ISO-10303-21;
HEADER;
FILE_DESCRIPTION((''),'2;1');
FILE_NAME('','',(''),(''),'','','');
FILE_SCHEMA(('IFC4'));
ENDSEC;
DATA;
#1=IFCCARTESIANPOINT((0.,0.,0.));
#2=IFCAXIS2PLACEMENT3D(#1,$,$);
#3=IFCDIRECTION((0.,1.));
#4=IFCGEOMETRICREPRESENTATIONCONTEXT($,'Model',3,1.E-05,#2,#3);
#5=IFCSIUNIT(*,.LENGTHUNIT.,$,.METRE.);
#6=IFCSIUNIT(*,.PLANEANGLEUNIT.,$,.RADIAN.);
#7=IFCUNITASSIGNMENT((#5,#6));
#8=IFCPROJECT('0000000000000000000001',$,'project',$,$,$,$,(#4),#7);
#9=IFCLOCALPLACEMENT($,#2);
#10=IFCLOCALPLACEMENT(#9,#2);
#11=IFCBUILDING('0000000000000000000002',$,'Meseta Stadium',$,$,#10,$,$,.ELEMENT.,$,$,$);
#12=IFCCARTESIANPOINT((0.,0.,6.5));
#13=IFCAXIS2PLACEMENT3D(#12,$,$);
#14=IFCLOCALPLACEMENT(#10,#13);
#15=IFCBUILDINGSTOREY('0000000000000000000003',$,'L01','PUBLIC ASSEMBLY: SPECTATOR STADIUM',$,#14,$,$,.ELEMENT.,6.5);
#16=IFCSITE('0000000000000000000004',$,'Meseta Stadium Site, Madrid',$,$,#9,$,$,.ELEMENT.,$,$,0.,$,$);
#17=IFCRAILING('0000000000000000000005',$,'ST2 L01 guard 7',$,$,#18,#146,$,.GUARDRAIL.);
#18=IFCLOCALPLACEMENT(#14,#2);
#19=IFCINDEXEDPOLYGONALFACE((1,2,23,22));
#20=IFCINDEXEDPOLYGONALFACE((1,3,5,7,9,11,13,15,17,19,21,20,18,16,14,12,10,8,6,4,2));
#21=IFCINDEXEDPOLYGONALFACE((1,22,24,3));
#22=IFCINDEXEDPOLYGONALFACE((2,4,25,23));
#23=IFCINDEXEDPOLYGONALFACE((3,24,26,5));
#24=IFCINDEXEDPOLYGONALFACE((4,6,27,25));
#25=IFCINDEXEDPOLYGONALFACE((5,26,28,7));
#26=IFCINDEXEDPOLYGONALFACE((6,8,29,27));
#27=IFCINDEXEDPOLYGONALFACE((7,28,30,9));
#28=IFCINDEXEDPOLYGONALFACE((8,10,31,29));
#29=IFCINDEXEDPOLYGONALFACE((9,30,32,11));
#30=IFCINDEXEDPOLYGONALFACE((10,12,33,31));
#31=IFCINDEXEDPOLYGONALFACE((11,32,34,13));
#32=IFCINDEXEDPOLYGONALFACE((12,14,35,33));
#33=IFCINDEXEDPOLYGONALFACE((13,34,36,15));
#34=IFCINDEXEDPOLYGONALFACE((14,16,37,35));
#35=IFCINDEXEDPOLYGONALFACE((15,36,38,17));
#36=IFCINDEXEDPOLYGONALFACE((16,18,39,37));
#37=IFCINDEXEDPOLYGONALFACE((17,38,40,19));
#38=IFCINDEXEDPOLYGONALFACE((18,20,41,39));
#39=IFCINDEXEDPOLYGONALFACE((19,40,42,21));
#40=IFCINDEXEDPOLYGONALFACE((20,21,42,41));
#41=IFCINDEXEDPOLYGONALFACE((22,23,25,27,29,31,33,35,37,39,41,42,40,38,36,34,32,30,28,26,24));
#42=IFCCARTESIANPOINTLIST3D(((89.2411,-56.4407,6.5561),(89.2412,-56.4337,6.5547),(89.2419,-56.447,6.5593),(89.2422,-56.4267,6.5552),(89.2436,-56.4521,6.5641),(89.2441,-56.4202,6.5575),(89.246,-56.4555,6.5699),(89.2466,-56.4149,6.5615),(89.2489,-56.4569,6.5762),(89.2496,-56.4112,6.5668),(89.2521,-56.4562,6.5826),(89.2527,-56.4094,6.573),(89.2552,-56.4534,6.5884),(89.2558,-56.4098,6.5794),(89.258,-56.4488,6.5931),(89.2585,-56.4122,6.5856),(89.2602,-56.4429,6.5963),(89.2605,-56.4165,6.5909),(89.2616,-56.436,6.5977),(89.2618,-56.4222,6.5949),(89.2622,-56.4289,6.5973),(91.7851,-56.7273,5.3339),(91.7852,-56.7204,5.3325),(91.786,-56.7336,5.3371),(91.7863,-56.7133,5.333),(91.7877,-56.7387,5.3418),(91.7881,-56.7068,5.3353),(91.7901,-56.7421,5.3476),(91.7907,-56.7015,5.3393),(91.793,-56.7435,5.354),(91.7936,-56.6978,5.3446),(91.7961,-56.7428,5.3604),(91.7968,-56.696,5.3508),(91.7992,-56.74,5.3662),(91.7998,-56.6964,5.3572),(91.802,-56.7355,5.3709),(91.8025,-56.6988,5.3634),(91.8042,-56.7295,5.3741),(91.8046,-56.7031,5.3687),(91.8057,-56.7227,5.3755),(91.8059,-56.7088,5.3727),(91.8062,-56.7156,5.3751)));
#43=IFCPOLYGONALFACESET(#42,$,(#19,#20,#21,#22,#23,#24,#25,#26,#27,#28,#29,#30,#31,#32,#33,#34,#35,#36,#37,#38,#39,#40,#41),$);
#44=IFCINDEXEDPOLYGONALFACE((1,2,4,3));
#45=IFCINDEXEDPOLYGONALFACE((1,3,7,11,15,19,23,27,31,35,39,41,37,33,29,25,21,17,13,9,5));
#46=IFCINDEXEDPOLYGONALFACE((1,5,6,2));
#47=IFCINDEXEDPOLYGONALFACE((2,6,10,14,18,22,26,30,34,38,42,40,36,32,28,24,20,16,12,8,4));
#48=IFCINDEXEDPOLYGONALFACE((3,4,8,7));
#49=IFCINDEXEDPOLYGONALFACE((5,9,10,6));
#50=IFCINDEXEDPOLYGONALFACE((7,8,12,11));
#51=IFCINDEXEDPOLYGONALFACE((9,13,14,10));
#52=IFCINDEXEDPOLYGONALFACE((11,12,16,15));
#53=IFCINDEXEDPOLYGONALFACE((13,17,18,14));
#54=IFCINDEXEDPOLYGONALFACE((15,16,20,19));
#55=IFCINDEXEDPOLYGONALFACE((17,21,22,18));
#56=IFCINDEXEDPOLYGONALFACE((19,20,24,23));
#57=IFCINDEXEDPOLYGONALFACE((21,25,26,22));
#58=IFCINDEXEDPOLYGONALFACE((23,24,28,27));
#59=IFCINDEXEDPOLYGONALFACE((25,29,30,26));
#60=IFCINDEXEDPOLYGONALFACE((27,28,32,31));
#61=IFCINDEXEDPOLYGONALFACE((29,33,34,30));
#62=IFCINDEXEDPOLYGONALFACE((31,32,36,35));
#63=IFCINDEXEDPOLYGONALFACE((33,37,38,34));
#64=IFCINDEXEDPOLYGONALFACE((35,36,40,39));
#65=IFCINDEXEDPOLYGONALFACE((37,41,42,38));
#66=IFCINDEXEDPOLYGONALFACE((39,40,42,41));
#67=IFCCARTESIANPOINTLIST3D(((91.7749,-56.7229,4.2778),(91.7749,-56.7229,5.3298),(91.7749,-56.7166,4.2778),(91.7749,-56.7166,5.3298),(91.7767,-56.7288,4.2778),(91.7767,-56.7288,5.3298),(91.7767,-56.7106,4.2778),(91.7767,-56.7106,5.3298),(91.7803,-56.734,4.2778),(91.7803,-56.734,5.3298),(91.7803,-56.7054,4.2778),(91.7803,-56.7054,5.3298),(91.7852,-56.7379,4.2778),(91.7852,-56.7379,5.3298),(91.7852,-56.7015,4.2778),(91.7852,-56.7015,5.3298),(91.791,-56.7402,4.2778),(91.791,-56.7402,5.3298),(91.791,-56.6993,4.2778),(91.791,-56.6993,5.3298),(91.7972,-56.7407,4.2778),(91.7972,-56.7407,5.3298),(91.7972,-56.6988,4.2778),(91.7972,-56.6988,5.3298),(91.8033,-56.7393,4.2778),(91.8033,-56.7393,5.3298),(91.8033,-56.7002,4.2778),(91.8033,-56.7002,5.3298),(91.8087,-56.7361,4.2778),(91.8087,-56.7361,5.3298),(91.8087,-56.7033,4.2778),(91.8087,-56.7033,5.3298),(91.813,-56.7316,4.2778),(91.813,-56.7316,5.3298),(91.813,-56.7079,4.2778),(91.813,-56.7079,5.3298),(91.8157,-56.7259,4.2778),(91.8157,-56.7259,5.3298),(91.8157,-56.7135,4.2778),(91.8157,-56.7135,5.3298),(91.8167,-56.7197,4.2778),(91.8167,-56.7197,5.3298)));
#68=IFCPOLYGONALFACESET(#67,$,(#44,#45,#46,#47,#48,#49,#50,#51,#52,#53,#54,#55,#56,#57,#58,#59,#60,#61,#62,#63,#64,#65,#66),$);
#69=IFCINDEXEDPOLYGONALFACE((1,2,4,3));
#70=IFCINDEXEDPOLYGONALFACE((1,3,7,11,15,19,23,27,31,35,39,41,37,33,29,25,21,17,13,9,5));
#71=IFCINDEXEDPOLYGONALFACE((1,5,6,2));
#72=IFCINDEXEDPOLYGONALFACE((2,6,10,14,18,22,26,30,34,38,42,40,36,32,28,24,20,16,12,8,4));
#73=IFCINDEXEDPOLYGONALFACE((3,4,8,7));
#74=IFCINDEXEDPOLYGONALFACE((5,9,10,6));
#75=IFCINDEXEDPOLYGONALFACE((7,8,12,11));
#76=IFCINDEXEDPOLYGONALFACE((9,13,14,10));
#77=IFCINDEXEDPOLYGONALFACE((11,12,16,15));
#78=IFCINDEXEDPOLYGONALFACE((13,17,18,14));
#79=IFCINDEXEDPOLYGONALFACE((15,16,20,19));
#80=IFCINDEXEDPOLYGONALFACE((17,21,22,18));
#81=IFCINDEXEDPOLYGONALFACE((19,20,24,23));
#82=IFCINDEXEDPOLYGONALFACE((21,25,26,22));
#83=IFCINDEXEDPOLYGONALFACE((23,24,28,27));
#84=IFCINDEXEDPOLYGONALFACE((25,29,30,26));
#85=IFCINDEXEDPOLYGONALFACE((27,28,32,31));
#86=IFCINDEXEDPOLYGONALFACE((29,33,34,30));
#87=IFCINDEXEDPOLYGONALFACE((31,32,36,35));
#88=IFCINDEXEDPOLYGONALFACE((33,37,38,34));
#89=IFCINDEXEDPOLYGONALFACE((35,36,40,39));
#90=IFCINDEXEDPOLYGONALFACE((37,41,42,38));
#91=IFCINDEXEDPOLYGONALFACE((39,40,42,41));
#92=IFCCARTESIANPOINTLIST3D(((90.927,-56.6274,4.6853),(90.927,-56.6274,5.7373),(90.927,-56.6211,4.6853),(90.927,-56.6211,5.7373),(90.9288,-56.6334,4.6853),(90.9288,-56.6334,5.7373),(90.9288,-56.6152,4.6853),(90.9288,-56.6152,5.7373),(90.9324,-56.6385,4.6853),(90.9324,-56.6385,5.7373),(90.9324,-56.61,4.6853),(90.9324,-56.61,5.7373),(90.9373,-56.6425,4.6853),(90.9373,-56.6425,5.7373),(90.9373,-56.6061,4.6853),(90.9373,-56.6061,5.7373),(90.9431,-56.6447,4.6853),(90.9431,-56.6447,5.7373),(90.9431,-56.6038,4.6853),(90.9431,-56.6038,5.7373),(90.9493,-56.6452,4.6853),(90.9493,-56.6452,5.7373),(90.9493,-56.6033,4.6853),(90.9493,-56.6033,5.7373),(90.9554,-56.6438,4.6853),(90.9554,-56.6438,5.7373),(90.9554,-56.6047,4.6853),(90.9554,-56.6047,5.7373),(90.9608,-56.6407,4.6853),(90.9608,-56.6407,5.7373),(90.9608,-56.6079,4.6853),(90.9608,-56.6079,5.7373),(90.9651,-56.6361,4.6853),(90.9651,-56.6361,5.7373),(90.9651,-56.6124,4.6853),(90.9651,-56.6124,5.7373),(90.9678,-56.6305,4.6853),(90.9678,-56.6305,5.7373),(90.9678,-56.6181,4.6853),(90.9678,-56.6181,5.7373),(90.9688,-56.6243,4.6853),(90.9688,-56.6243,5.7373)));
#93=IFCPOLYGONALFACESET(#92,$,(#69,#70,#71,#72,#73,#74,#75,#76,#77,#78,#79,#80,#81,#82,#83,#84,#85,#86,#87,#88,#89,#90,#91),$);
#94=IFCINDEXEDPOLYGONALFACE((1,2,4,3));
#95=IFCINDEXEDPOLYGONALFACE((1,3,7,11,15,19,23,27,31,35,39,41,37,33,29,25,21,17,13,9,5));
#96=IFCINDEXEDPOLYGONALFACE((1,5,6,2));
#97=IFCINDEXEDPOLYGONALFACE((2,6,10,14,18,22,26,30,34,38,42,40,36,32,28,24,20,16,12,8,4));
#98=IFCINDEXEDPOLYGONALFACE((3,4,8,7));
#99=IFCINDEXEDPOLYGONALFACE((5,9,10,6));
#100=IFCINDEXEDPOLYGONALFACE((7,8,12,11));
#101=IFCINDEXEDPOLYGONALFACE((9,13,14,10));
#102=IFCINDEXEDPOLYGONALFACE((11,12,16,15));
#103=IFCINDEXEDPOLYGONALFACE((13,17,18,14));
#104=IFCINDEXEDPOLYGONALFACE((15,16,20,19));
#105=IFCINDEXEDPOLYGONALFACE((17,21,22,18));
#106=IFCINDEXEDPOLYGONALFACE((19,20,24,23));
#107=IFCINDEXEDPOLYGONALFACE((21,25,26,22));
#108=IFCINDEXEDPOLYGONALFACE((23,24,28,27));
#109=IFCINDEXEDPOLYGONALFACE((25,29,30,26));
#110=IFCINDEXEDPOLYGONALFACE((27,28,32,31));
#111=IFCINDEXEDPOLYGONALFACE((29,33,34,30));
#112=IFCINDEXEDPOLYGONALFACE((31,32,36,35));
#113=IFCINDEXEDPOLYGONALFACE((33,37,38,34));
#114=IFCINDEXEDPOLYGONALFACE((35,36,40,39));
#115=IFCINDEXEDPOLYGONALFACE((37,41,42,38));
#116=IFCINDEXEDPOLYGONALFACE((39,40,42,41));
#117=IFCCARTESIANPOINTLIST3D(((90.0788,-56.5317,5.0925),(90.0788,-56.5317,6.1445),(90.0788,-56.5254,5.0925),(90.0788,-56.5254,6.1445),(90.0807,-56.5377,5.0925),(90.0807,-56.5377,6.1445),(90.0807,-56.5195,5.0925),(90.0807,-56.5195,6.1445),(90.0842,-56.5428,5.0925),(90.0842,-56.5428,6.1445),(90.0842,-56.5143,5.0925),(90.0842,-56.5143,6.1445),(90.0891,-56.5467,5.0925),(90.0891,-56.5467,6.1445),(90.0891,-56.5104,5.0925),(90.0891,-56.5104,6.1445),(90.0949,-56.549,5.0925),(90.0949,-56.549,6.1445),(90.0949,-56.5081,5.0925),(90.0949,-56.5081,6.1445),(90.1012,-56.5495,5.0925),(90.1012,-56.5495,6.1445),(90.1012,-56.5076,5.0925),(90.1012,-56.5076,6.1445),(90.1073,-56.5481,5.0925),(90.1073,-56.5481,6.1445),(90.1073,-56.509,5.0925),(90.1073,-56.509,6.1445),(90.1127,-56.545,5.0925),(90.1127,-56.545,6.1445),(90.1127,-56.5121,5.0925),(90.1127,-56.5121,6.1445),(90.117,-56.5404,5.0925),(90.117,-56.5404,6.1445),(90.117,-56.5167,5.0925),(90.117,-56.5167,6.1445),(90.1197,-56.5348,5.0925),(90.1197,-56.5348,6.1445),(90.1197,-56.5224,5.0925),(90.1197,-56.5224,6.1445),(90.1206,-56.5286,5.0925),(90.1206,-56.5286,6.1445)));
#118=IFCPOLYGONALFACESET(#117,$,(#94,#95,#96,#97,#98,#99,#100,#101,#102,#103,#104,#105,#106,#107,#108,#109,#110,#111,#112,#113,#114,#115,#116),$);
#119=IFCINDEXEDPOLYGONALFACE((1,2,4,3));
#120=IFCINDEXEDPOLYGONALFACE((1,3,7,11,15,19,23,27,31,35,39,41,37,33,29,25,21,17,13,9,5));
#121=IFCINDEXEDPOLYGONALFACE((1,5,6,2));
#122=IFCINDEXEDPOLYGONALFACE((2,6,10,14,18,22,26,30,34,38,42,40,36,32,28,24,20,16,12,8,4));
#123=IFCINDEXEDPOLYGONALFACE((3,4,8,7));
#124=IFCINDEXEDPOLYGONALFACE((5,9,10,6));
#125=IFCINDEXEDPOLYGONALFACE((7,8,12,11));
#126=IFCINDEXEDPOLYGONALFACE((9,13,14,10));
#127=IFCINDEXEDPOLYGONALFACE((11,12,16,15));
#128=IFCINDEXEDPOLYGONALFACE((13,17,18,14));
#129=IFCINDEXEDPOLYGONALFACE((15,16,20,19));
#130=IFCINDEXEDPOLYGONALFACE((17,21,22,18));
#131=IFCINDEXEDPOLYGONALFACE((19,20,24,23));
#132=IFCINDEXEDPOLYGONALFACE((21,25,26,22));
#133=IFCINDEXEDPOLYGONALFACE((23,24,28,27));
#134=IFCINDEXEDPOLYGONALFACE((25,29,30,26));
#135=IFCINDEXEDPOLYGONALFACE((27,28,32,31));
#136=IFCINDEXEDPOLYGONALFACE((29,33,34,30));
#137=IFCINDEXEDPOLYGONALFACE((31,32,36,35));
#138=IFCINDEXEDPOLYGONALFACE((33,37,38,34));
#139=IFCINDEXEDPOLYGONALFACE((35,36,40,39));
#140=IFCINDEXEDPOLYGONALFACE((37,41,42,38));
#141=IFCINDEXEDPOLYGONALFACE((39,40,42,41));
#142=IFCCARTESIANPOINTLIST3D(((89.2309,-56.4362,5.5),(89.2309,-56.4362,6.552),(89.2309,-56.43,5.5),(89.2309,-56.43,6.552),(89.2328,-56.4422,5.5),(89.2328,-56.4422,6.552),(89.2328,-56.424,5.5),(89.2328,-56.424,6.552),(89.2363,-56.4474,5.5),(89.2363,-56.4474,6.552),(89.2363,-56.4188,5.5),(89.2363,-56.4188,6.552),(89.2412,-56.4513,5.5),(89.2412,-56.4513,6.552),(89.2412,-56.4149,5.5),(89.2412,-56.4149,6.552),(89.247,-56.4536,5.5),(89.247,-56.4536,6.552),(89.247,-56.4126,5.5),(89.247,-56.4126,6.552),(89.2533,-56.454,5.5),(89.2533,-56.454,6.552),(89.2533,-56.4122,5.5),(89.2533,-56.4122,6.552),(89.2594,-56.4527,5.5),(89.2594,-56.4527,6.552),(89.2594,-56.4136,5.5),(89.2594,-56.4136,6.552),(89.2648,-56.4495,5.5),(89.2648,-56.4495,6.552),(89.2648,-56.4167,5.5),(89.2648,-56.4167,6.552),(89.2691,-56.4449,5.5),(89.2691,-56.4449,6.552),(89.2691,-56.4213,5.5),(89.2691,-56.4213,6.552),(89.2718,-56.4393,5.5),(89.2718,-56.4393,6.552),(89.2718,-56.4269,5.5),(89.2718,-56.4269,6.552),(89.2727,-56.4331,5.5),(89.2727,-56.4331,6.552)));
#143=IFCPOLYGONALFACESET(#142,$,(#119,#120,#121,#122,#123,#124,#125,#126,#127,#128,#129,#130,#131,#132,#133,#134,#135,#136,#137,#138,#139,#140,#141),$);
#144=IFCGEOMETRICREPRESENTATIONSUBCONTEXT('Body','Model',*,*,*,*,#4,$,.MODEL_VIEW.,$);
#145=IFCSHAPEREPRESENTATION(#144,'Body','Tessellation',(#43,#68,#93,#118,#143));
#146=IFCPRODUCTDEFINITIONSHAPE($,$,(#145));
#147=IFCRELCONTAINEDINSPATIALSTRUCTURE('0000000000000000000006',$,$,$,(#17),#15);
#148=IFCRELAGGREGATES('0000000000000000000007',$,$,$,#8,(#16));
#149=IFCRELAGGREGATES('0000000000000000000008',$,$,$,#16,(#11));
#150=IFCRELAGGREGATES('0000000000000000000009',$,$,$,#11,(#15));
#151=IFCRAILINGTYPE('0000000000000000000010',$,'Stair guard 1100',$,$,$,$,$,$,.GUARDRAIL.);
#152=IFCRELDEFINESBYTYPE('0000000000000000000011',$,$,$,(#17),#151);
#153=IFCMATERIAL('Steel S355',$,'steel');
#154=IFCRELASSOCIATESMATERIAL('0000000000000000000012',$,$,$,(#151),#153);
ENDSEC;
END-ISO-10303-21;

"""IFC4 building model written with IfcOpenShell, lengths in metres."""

from ifc_helpers import new_model, si_unit, direction, frame, origin, origin_2d, place, context, subcontext, project, spatial, circle, extrude, material, type_object, element, save


model = new_model("IFC4")

# Units and contexts
model_context = context("Model", 3, precision=1e-05, world=origin(), true_north=direction((0.0, 1.0)))
body_context = subcontext(model_context, "Body", "Model", "MODEL_VIEW")
ifc_project = project(units=[si_unit("LENGTHUNIT", "METRE"), si_unit("PLANEANGLEUNIT", "RADIAN")], contexts=[model_context])

# Site, building, storey
site_placement = place(None, origin())
site = spatial("IfcSite", under=ifc_project, at=site_placement, Name="Meseta Stadium Site, Madrid", CompositionType="ELEMENT", RefElevation=0.0)
building_placement = place(site_placement, origin())
building = spatial("IfcBuilding", under=site, at=building_placement, Name="Meseta Stadium", CompositionType="ELEMENT")
storey_placement = place(building_placement, frame((0.0, 0.0, 6.5)))
storey = spatial("IfcBuildingStorey", under=building, at=storey_placement, Name="L01", Description="PUBLIC ASSEMBLY: SPECTATOR STADIUM", CompositionType="ELEMENT", Elevation=6.5)

# Railing
ifc_material_1 = material(Name="Steel S355", Category="steel")
railing_type_1 = type_object("IfcRailingType", Name="Stair guard 1100", PredefinedType="GUARDRAIL", material=ifc_material_1)
railing_1_placement = place(storey_placement, frame((91.7957, -56.7197, 4.2778)))
element("IfcRailing", 1, at=railing_1_placement, inside=storey, type_object=railing_type_1, Name="ST2 L01 guard 7", PredefinedType="GUARDRAIL", context=body_context, shape_type="SweptSolid", body=[
    extrude(circle(Radius=0.0239, at=origin_2d()), frame((0.0, 0.0, 1.0762), z_axis=(-0.896762, 0.101036, 0.430824), x_axis=(-0.11196, -0.993713, 0.0)), (0.0, 0.0, 1.0), 2.8369),
    extrude(circle(Radius=0.021, at=origin_2d()), origin(), (0.0, 0.0, 1.0), 1.052),
    extrude(circle(Radius=0.021, at=origin_2d()), frame((-0.8479, 0.0955, 0.4075)), (0.0, 0.0, 1.0), 1.052),
    extrude(circle(Radius=0.021, at=origin_2d()), frame((-1.696, 0.1912, 0.8147)), (0.0, 0.0, 1.0), 1.052),
    extrude(circle(Radius=0.021, at=origin_2d()), frame((-2.5439, 0.2866, 1.2222)), (0.0, 0.0, 1.0), 1.052),
])

save(model, "model.ifc")
